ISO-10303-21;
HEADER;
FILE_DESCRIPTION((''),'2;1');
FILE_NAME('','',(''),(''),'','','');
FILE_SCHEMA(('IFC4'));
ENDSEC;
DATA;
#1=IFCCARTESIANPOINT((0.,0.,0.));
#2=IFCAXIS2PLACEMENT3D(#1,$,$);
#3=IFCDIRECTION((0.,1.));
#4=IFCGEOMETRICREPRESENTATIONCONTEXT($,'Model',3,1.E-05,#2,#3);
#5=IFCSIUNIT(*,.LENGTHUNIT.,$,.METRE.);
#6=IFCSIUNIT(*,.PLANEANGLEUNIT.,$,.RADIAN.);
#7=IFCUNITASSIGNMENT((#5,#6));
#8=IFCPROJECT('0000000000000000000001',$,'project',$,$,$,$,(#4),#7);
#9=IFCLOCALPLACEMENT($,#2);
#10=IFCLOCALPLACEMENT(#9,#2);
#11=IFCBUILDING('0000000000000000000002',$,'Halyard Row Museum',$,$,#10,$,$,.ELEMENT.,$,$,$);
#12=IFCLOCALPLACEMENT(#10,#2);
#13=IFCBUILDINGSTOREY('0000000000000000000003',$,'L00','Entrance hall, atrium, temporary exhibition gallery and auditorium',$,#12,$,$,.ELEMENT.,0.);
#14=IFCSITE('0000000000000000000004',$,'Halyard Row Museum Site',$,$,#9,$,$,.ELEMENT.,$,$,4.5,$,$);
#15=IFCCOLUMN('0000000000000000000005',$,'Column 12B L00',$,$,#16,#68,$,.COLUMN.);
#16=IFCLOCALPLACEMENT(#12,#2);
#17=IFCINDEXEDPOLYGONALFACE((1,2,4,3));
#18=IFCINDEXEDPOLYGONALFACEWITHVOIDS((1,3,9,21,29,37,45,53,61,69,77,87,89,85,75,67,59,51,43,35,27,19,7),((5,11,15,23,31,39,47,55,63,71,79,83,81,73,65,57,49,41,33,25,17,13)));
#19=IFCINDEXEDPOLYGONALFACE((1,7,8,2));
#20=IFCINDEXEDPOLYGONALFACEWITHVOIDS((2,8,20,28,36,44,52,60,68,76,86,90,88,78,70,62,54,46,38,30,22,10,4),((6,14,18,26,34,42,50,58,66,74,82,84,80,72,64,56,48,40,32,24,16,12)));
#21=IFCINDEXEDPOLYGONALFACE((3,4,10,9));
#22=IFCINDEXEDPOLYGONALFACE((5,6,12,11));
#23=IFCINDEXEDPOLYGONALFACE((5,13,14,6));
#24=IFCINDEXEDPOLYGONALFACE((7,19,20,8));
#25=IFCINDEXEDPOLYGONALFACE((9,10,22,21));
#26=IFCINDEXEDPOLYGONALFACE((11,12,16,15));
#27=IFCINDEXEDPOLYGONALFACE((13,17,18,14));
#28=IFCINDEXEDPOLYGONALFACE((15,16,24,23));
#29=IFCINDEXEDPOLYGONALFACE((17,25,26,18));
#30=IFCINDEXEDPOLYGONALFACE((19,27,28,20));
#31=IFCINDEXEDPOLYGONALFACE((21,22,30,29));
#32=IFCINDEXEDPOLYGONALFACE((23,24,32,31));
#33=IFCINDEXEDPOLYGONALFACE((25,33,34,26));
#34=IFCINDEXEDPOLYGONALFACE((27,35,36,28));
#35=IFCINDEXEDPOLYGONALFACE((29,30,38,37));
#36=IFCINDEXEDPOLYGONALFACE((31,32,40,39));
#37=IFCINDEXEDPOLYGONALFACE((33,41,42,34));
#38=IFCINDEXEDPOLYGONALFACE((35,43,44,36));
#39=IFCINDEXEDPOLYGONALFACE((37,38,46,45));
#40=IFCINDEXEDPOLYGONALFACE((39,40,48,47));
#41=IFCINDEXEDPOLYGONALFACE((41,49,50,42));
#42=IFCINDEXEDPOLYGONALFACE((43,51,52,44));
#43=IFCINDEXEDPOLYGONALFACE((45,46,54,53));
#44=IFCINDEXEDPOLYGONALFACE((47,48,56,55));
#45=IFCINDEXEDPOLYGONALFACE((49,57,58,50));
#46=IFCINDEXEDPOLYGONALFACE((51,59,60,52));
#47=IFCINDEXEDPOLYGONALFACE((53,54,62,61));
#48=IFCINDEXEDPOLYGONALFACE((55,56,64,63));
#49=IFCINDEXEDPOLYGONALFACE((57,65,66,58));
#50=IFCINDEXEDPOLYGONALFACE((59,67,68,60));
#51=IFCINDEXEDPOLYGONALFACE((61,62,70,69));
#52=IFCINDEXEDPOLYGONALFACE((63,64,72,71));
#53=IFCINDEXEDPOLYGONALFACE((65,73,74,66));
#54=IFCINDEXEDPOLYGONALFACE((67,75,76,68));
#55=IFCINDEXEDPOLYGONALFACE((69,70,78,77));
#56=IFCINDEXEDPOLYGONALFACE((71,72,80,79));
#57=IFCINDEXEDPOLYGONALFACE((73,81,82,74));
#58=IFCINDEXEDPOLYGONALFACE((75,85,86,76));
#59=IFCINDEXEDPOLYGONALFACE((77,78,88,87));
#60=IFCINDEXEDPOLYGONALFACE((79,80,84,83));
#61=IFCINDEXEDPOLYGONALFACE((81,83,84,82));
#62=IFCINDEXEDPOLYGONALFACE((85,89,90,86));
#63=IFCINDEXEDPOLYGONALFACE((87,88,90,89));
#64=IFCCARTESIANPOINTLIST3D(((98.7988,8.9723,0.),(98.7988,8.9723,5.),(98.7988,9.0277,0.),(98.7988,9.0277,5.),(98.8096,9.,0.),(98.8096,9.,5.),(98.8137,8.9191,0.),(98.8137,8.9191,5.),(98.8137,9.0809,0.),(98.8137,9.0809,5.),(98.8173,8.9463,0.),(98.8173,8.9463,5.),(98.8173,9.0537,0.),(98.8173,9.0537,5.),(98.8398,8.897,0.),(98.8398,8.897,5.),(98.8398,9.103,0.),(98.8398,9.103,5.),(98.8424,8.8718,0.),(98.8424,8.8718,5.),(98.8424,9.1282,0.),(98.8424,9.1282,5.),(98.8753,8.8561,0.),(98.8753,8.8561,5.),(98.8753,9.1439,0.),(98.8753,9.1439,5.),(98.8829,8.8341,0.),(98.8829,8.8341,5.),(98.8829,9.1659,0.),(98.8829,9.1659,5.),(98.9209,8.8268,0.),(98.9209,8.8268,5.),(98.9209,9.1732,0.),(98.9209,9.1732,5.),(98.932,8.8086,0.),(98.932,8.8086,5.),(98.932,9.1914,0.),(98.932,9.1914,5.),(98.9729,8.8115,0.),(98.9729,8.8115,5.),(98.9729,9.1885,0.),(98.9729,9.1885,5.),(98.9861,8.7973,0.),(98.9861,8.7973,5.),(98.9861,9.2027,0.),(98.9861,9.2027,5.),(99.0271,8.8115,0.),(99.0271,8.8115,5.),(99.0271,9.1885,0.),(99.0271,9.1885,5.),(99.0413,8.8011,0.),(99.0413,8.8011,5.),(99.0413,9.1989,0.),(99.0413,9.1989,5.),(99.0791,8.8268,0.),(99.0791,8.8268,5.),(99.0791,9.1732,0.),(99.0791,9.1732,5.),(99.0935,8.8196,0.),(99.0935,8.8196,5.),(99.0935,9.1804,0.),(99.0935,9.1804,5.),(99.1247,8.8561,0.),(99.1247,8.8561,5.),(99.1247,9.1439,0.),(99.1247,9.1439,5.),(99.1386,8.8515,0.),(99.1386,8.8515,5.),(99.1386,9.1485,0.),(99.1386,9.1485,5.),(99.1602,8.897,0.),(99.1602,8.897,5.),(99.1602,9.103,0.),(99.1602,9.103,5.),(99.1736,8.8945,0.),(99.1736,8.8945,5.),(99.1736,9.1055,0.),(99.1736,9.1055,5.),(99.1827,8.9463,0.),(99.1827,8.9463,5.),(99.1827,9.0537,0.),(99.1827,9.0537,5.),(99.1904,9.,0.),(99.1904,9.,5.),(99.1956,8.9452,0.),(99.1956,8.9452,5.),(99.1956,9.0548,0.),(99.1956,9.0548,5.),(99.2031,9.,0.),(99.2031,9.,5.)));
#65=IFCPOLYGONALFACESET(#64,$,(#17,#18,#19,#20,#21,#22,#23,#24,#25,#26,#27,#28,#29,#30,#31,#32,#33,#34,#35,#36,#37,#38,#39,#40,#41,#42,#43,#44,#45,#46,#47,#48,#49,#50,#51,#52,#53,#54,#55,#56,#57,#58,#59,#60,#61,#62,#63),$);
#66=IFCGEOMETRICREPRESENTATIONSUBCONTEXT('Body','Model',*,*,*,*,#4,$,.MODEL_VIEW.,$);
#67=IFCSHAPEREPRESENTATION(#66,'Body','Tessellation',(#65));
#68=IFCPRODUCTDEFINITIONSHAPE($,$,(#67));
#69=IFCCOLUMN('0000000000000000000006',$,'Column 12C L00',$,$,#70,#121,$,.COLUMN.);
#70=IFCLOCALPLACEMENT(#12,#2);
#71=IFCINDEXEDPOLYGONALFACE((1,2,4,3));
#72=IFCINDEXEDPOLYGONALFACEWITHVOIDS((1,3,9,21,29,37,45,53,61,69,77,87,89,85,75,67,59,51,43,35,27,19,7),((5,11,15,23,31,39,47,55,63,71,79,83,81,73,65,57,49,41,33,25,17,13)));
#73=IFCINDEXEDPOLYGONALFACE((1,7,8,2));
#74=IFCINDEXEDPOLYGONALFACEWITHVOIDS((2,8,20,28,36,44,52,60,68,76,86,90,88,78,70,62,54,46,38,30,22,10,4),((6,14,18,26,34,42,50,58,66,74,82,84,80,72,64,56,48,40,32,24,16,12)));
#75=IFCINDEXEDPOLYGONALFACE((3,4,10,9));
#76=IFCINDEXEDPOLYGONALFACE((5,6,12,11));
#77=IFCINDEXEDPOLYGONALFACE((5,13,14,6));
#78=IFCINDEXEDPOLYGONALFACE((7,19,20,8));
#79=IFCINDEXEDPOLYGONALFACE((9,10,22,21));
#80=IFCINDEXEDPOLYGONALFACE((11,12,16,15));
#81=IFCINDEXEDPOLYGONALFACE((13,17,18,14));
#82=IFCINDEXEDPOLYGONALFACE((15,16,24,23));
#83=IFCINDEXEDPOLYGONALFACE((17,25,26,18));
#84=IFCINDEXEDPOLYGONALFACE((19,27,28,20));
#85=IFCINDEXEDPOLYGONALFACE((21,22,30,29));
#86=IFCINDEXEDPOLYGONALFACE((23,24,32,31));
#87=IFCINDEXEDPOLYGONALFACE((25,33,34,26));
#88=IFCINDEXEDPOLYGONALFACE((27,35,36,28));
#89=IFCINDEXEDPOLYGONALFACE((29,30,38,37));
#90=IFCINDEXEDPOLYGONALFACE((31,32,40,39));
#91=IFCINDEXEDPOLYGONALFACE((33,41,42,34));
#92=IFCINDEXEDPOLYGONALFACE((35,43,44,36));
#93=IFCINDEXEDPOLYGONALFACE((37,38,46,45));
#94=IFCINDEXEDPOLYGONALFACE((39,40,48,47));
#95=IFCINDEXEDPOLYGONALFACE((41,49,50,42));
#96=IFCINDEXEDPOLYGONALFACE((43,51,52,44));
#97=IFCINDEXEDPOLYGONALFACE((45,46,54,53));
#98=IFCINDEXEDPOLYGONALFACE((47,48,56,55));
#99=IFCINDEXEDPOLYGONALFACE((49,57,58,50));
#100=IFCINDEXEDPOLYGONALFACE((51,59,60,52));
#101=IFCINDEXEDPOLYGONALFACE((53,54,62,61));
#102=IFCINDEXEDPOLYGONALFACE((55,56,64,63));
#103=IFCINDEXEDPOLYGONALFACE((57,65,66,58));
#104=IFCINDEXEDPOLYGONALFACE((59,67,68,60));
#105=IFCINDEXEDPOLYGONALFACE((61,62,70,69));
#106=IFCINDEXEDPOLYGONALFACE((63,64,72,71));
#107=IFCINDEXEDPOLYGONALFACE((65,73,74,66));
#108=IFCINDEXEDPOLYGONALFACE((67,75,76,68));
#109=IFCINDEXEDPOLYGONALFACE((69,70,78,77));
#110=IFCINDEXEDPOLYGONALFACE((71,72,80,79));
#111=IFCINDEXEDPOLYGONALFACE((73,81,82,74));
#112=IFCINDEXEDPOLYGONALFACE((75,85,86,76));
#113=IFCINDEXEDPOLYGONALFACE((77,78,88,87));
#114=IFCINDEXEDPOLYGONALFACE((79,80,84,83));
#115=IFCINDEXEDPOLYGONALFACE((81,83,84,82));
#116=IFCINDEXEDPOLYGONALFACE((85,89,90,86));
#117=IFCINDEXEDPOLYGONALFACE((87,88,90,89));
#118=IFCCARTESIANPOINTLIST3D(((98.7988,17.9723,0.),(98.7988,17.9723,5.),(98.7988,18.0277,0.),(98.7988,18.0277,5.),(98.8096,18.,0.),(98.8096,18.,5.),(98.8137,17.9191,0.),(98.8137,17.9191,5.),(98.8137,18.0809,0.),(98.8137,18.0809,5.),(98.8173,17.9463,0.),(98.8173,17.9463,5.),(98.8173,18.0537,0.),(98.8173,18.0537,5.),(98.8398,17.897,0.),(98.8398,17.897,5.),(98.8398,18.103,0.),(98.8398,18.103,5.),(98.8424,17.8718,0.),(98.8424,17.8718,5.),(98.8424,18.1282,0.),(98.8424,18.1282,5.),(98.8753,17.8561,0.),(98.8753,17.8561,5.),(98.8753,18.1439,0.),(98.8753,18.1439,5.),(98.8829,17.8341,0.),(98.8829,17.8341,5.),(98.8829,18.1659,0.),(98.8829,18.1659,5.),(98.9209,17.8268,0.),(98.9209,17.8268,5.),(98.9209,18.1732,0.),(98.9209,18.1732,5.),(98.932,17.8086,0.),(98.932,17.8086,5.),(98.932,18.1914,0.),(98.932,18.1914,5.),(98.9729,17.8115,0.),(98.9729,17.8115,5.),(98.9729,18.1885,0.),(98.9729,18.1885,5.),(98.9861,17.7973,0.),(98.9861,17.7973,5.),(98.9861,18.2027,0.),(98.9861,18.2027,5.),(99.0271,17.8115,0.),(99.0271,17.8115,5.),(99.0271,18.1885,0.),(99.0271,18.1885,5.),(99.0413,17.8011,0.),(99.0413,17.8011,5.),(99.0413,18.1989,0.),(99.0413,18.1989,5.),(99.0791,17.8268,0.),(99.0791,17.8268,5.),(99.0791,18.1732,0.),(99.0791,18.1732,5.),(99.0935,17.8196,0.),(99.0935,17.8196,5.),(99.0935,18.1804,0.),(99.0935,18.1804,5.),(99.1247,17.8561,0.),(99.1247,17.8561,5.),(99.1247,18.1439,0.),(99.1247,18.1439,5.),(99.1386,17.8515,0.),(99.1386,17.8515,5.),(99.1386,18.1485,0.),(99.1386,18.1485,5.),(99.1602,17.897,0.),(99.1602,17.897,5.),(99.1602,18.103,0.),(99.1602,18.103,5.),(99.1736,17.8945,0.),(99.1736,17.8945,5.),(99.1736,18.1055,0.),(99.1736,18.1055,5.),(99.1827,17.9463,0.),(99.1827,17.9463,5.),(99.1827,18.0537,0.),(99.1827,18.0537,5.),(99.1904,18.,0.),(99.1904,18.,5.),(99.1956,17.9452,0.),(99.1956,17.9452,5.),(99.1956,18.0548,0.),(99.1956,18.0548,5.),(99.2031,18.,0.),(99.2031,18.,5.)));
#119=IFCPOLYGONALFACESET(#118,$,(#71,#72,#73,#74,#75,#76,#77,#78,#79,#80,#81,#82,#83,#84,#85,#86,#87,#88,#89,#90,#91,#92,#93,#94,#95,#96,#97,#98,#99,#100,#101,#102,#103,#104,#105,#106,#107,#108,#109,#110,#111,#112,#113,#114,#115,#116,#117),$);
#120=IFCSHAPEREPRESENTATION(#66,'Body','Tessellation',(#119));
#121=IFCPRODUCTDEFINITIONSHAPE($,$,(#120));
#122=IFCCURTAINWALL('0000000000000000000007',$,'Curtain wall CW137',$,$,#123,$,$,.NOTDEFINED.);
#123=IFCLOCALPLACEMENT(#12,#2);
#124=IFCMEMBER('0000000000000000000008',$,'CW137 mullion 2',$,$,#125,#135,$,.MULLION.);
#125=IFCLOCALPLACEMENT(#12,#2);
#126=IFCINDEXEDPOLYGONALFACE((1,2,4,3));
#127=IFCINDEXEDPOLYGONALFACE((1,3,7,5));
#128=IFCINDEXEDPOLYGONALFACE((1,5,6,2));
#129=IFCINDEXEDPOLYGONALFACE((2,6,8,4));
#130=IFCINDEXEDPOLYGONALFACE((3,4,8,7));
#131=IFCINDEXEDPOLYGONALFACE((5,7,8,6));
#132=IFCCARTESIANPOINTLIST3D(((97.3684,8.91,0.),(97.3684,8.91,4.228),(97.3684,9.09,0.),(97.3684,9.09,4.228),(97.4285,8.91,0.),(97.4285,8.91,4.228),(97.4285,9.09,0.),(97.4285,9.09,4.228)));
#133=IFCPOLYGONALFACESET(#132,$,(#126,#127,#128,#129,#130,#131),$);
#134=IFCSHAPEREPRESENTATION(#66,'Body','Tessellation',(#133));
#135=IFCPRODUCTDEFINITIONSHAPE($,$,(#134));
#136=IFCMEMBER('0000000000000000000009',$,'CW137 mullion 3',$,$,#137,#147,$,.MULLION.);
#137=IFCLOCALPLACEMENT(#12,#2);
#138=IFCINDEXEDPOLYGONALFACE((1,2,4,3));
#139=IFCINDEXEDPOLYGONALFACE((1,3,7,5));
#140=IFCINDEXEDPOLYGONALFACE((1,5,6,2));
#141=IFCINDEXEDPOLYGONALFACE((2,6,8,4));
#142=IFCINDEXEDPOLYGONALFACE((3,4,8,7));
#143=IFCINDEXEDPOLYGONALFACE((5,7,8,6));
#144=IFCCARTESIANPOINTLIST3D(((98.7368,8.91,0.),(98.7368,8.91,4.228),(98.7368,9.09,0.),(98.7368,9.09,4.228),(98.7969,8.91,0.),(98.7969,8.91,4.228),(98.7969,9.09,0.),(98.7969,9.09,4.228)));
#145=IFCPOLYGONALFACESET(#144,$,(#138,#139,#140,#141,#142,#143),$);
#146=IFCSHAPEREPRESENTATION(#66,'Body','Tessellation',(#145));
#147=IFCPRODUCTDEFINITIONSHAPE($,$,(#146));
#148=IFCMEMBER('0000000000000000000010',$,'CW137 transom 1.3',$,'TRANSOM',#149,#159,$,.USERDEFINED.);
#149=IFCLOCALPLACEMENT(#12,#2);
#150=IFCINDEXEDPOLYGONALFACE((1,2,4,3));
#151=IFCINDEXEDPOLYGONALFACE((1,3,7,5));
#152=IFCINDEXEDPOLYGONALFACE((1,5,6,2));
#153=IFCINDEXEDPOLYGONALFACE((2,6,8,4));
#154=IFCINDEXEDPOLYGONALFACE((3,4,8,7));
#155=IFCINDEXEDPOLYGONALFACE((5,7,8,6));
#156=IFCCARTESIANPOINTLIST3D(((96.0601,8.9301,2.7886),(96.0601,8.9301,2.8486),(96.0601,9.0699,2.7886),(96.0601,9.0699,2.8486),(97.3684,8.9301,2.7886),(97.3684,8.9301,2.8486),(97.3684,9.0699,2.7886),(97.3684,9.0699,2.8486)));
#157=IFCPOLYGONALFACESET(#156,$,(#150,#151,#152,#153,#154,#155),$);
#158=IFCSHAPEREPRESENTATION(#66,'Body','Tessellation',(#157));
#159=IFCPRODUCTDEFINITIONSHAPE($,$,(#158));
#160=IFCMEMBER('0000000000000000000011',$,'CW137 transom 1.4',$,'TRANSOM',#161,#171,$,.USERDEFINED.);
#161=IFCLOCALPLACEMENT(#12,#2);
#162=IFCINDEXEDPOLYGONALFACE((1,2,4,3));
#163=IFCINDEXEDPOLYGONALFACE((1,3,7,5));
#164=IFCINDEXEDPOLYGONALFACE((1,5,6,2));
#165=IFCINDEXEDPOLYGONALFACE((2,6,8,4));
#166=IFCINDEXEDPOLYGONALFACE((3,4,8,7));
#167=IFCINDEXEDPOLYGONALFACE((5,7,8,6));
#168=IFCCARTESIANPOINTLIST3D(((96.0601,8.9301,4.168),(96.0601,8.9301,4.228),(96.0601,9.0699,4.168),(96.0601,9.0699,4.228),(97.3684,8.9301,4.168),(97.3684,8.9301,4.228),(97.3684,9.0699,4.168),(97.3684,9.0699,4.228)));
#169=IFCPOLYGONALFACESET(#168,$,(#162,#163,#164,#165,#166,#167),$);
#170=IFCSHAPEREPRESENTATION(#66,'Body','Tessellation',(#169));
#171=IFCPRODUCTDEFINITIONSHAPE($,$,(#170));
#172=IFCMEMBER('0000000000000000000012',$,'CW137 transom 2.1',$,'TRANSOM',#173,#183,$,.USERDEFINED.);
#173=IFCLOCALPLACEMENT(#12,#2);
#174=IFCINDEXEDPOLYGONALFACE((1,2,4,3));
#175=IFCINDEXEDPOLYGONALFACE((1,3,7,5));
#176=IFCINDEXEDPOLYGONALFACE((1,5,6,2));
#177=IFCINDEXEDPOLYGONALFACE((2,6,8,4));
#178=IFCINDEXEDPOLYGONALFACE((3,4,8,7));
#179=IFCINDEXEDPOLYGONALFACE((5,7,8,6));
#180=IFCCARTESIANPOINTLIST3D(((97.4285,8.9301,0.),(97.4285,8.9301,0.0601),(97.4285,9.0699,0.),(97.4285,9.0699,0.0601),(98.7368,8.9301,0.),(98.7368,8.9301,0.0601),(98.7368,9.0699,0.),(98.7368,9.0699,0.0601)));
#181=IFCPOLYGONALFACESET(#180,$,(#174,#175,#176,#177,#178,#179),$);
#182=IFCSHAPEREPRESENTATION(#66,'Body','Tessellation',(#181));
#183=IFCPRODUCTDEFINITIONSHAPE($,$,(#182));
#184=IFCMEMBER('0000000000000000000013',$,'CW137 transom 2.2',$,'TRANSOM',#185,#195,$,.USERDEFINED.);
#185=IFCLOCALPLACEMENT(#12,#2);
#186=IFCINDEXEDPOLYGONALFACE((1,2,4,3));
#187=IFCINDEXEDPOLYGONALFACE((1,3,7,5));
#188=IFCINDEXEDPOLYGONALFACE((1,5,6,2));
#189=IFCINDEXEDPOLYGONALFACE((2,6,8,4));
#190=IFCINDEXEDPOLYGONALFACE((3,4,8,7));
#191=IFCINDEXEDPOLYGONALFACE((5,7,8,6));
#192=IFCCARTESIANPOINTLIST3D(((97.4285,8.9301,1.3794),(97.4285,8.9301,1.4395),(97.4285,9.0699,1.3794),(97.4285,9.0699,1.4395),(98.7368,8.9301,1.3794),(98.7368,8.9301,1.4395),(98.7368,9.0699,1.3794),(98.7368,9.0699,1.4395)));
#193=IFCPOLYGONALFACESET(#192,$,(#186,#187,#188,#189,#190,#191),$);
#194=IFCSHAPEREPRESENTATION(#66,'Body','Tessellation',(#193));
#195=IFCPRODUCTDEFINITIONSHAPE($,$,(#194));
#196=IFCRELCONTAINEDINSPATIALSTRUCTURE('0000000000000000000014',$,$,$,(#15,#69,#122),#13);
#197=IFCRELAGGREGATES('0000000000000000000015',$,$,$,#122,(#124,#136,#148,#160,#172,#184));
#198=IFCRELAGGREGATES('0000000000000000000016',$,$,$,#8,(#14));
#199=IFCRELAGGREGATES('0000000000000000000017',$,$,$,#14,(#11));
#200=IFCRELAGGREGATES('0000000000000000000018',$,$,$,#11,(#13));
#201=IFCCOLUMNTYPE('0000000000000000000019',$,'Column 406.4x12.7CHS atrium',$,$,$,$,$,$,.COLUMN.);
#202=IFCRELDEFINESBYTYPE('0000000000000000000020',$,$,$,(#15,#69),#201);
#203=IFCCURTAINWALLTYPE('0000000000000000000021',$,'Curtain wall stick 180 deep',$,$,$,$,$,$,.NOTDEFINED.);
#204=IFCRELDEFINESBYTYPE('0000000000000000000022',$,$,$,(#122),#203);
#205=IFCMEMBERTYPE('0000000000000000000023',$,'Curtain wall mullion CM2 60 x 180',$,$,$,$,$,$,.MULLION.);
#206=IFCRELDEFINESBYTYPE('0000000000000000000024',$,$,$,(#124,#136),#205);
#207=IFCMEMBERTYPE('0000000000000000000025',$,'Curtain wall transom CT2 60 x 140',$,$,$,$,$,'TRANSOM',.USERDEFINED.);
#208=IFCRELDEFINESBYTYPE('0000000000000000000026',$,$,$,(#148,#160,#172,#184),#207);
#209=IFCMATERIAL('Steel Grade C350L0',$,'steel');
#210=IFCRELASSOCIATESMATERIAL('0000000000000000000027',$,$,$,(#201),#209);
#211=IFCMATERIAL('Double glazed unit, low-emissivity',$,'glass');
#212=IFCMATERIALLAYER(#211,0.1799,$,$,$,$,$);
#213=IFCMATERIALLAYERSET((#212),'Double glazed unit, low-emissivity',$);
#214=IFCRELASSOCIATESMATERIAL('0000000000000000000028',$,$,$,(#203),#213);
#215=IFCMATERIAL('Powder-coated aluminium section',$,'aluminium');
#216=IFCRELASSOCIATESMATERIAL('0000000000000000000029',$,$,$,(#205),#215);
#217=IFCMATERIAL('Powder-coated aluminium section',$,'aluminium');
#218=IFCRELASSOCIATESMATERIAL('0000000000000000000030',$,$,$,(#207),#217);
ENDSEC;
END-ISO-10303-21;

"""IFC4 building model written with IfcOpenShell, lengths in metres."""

from ifc_helpers import new_model, si_unit, direction, frame, origin, origin_2d, place, context, subcontext, project, spatial, rectangle, hollow_circle, extrude, material, layer, layer_set, material_profile, profile_set, type_object, element, aggregate, save


model = new_model("IFC4")

# Units and contexts
model_context = context("Model", 3, precision=1e-05, world=origin(), true_north=direction((0.0, 1.0)))
body_context = subcontext(model_context, "Body", "Model", "MODEL_VIEW")
ifc_project = project(units=[si_unit("LENGTHUNIT", "METRE"), si_unit("PLANEANGLEUNIT", "RADIAN")], contexts=[model_context])

# Site, building, storey
site_placement = place(None, origin())
site = spatial("IfcSite", under=ifc_project, at=site_placement, Name="Halyard Row Museum Site", CompositionType="ELEMENT", RefElevation=4.5)
building_placement = place(site_placement, origin())
building = spatial("IfcBuilding", under=site, at=building_placement, Name="Halyard Row Museum", CompositionType="ELEMENT")
storey_placement = place(building_placement, origin())
storey = spatial("IfcBuildingStorey", under=building, at=storey_placement, Name="L00", Description="Entrance hall, atrium, temporary exhibition gallery and auditorium", CompositionType="ELEMENT", Elevation=0.0)

# Columns
ifc_material_1 = material(Name="Steel Grade C350L0", Category="steel")
ifc_material_profile_1 = material_profile(ifc_material_1, hollow_circle(Radius=0.2031, WallThickness=0.0127, at=origin_2d()), Name="406.4x12.7CHS")
ifc_profile_set_1 = profile_set([ifc_material_profile_1], Name="Steel Grade C350L0")
column_type = type_object("IfcColumnType", Name="Column 406.4x12.7CHS atrium", PredefinedType="COLUMN", material=ifc_profile_set_1)
for number, where, z_axis, x_axis, name in (
    (1, (99.0, 9.0, 0.0), (0.0, 0.0, 1.0), (1.0, 0.0, 0.0), "Column 12B L00"),
    (2, (99.0, 18.0, 0.0), (0.0, 0.0, 1.0), (1.0, 0.0, 0.0), "Column 12C L00"),
):
    element("IfcColumn", number, at=place(storey_placement, frame(where, z_axis=z_axis, x_axis=x_axis)), inside=storey, type_object=column_type, Name=name, PredefinedType="COLUMN", context=body_context, shape_type="SweptSolid", body=[
        extrude(hollow_circle(Radius=0.2031, WallThickness=0.0127, at=origin_2d()), origin(), (0.0, 0.0, 1.0), 5.0),
    ])

# Curtain wall, members
ifc_material_2 = material(Name="Double glazed unit, low-emissivity", Category="glass")
ifc_layer_1 = layer(ifc_material_2, 0.1799)
ifc_layer_set_1 = layer_set([ifc_layer_1], Name="Double glazed unit, low-emissivity")
curtain_wall_type = type_object("IfcCurtainWallType", Name="Curtain wall stick 180 deep", PredefinedType="NOTDEFINED", material=ifc_layer_set_1)
curtain_wall_placement = place(storey_placement, origin())
curtain_wall = element("IfcCurtainWall", 3, at=curtain_wall_placement, inside=storey, type_object=curtain_wall_type, Name="Curtain wall CW137", PredefinedType="NOTDEFINED")
ifc_material_3 = material(Name="Powder-coated aluminium section", Category="aluminium")
ifc_material_profile_2 = material_profile(ifc_material_3, rectangle(XDim=0.1799, YDim=0.0601, at=origin_2d()), Name="180x60 mullion")
ifc_profile_set_2 = profile_set([ifc_material_profile_2], Name="Powder-coated aluminium section")
member_type_1 = type_object("IfcMemberType", Name="Curtain wall mullion CM2 60 x 180", PredefinedType="MULLION", material=ifc_profile_set_2)
member_1_placement = place(storey_placement, frame((97.3984, 9.0, 0.0), z_axis=(0.0, 0.0, 1.0), x_axis=(0.0, 1.0, 0.0)))
member_1 = element("IfcMember", 4, at=member_1_placement, type_object=member_type_1, Name="CW137 mullion 2", PredefinedType="MULLION", context=body_context, shape_type="SweptSolid", body=[
    extrude(rectangle(XDim=0.1799, YDim=0.0601, at=origin_2d()), origin(), (0.0, 0.0, 1.0), 4.228),
])
member_2_placement = place(storey_placement, frame((98.7668, 9.0, 0.0), z_axis=(0.0, 0.0, 1.0), x_axis=(0.0, 1.0, 0.0)))
member_2 = element("IfcMember", 5, at=member_2_placement, type_object=member_type_1, Name="CW137 mullion 3", PredefinedType="MULLION", context=body_context, shape_type="SweptSolid", body=[
    extrude(rectangle(XDim=0.1799, YDim=0.0601, at=origin_2d()), origin(), (0.0, 0.0, 1.0), 4.228),
])
ifc_material_4 = material(Name="Powder-coated aluminium section", Category="aluminium")
ifc_material_profile_3 = material_profile(ifc_material_4, rectangle(XDim=0.1399, YDim=0.0601, at=origin_2d()), Name="140x60 transom")
ifc_profile_set_3 = profile_set([ifc_material_profile_3], Name="Powder-coated aluminium section")
member_type_2 = type_object("IfcMemberType", Name="Curtain wall transom CT2 60 x 140", ElementType="TRANSOM", PredefinedType="USERDEFINED", material=ifc_profile_set_3)
member_3_placement = place(storey_placement, frame((96.0601, 9.0, 2.8186), z_axis=(1.0, 0.0, 0.0), x_axis=(0.0, 1.0, 0.0)))
member_3 = element("IfcMember", 6, at=member_3_placement, type_object=member_type_2, Name="CW137 transom 1.3", ObjectType="TRANSOM", PredefinedType="USERDEFINED", context=body_context, shape_type="SweptSolid", body=[
    extrude(rectangle(XDim=0.1399, YDim=0.0601, at=origin_2d()), origin(), (0.0, 0.0, 1.0), 1.3083),
])
member_4_placement = place(storey_placement, frame((96.0601, 9.0, 4.198), z_axis=(1.0, 0.0, 0.0), x_axis=(0.0, 1.0, 0.0)))
member_4 = element("IfcMember", 7, at=member_4_placement, type_object=member_type_2, Name="CW137 transom 1.4", ObjectType="TRANSOM", PredefinedType="USERDEFINED", context=body_context, shape_type="SweptSolid", body=[
    extrude(rectangle(XDim=0.1399, YDim=0.0601, at=origin_2d()), origin(), (0.0, 0.0, 1.0), 1.3083),
])
member_5_placement = place(storey_placement, frame((97.4285, 9.0, 0.03), z_axis=(1.0, 0.0, 0.0), x_axis=(0.0, 1.0, 0.0)))
member_5 = element("IfcMember", 8, at=member_5_placement, type_object=member_type_2, Name="CW137 transom 2.1", ObjectType="TRANSOM", PredefinedType="USERDEFINED", context=body_context, shape_type="SweptSolid", body=[
    extrude(rectangle(XDim=0.1399, YDim=0.0601, at=origin_2d()), origin(), (0.0, 0.0, 1.0), 1.3083),
])
member_6_placement = place(storey_placement, frame((97.4285, 9.0, 1.4094), z_axis=(1.0, 0.0, 0.0), x_axis=(0.0, 1.0, 0.0)))
member_6 = element("IfcMember", 9, at=member_6_placement, type_object=member_type_2, Name="CW137 transom 2.2", ObjectType="TRANSOM", PredefinedType="USERDEFINED", context=body_context, shape_type="SweptSolid", body=[
    extrude(rectangle(XDim=0.1399, YDim=0.0601, at=origin_2d()), origin(), (0.0, 0.0, 1.0), 1.3083),
])

aggregate(curtain_wall, [member_1, member_2, member_3, member_4, member_5, member_6])

save(model, "model.ifc")
